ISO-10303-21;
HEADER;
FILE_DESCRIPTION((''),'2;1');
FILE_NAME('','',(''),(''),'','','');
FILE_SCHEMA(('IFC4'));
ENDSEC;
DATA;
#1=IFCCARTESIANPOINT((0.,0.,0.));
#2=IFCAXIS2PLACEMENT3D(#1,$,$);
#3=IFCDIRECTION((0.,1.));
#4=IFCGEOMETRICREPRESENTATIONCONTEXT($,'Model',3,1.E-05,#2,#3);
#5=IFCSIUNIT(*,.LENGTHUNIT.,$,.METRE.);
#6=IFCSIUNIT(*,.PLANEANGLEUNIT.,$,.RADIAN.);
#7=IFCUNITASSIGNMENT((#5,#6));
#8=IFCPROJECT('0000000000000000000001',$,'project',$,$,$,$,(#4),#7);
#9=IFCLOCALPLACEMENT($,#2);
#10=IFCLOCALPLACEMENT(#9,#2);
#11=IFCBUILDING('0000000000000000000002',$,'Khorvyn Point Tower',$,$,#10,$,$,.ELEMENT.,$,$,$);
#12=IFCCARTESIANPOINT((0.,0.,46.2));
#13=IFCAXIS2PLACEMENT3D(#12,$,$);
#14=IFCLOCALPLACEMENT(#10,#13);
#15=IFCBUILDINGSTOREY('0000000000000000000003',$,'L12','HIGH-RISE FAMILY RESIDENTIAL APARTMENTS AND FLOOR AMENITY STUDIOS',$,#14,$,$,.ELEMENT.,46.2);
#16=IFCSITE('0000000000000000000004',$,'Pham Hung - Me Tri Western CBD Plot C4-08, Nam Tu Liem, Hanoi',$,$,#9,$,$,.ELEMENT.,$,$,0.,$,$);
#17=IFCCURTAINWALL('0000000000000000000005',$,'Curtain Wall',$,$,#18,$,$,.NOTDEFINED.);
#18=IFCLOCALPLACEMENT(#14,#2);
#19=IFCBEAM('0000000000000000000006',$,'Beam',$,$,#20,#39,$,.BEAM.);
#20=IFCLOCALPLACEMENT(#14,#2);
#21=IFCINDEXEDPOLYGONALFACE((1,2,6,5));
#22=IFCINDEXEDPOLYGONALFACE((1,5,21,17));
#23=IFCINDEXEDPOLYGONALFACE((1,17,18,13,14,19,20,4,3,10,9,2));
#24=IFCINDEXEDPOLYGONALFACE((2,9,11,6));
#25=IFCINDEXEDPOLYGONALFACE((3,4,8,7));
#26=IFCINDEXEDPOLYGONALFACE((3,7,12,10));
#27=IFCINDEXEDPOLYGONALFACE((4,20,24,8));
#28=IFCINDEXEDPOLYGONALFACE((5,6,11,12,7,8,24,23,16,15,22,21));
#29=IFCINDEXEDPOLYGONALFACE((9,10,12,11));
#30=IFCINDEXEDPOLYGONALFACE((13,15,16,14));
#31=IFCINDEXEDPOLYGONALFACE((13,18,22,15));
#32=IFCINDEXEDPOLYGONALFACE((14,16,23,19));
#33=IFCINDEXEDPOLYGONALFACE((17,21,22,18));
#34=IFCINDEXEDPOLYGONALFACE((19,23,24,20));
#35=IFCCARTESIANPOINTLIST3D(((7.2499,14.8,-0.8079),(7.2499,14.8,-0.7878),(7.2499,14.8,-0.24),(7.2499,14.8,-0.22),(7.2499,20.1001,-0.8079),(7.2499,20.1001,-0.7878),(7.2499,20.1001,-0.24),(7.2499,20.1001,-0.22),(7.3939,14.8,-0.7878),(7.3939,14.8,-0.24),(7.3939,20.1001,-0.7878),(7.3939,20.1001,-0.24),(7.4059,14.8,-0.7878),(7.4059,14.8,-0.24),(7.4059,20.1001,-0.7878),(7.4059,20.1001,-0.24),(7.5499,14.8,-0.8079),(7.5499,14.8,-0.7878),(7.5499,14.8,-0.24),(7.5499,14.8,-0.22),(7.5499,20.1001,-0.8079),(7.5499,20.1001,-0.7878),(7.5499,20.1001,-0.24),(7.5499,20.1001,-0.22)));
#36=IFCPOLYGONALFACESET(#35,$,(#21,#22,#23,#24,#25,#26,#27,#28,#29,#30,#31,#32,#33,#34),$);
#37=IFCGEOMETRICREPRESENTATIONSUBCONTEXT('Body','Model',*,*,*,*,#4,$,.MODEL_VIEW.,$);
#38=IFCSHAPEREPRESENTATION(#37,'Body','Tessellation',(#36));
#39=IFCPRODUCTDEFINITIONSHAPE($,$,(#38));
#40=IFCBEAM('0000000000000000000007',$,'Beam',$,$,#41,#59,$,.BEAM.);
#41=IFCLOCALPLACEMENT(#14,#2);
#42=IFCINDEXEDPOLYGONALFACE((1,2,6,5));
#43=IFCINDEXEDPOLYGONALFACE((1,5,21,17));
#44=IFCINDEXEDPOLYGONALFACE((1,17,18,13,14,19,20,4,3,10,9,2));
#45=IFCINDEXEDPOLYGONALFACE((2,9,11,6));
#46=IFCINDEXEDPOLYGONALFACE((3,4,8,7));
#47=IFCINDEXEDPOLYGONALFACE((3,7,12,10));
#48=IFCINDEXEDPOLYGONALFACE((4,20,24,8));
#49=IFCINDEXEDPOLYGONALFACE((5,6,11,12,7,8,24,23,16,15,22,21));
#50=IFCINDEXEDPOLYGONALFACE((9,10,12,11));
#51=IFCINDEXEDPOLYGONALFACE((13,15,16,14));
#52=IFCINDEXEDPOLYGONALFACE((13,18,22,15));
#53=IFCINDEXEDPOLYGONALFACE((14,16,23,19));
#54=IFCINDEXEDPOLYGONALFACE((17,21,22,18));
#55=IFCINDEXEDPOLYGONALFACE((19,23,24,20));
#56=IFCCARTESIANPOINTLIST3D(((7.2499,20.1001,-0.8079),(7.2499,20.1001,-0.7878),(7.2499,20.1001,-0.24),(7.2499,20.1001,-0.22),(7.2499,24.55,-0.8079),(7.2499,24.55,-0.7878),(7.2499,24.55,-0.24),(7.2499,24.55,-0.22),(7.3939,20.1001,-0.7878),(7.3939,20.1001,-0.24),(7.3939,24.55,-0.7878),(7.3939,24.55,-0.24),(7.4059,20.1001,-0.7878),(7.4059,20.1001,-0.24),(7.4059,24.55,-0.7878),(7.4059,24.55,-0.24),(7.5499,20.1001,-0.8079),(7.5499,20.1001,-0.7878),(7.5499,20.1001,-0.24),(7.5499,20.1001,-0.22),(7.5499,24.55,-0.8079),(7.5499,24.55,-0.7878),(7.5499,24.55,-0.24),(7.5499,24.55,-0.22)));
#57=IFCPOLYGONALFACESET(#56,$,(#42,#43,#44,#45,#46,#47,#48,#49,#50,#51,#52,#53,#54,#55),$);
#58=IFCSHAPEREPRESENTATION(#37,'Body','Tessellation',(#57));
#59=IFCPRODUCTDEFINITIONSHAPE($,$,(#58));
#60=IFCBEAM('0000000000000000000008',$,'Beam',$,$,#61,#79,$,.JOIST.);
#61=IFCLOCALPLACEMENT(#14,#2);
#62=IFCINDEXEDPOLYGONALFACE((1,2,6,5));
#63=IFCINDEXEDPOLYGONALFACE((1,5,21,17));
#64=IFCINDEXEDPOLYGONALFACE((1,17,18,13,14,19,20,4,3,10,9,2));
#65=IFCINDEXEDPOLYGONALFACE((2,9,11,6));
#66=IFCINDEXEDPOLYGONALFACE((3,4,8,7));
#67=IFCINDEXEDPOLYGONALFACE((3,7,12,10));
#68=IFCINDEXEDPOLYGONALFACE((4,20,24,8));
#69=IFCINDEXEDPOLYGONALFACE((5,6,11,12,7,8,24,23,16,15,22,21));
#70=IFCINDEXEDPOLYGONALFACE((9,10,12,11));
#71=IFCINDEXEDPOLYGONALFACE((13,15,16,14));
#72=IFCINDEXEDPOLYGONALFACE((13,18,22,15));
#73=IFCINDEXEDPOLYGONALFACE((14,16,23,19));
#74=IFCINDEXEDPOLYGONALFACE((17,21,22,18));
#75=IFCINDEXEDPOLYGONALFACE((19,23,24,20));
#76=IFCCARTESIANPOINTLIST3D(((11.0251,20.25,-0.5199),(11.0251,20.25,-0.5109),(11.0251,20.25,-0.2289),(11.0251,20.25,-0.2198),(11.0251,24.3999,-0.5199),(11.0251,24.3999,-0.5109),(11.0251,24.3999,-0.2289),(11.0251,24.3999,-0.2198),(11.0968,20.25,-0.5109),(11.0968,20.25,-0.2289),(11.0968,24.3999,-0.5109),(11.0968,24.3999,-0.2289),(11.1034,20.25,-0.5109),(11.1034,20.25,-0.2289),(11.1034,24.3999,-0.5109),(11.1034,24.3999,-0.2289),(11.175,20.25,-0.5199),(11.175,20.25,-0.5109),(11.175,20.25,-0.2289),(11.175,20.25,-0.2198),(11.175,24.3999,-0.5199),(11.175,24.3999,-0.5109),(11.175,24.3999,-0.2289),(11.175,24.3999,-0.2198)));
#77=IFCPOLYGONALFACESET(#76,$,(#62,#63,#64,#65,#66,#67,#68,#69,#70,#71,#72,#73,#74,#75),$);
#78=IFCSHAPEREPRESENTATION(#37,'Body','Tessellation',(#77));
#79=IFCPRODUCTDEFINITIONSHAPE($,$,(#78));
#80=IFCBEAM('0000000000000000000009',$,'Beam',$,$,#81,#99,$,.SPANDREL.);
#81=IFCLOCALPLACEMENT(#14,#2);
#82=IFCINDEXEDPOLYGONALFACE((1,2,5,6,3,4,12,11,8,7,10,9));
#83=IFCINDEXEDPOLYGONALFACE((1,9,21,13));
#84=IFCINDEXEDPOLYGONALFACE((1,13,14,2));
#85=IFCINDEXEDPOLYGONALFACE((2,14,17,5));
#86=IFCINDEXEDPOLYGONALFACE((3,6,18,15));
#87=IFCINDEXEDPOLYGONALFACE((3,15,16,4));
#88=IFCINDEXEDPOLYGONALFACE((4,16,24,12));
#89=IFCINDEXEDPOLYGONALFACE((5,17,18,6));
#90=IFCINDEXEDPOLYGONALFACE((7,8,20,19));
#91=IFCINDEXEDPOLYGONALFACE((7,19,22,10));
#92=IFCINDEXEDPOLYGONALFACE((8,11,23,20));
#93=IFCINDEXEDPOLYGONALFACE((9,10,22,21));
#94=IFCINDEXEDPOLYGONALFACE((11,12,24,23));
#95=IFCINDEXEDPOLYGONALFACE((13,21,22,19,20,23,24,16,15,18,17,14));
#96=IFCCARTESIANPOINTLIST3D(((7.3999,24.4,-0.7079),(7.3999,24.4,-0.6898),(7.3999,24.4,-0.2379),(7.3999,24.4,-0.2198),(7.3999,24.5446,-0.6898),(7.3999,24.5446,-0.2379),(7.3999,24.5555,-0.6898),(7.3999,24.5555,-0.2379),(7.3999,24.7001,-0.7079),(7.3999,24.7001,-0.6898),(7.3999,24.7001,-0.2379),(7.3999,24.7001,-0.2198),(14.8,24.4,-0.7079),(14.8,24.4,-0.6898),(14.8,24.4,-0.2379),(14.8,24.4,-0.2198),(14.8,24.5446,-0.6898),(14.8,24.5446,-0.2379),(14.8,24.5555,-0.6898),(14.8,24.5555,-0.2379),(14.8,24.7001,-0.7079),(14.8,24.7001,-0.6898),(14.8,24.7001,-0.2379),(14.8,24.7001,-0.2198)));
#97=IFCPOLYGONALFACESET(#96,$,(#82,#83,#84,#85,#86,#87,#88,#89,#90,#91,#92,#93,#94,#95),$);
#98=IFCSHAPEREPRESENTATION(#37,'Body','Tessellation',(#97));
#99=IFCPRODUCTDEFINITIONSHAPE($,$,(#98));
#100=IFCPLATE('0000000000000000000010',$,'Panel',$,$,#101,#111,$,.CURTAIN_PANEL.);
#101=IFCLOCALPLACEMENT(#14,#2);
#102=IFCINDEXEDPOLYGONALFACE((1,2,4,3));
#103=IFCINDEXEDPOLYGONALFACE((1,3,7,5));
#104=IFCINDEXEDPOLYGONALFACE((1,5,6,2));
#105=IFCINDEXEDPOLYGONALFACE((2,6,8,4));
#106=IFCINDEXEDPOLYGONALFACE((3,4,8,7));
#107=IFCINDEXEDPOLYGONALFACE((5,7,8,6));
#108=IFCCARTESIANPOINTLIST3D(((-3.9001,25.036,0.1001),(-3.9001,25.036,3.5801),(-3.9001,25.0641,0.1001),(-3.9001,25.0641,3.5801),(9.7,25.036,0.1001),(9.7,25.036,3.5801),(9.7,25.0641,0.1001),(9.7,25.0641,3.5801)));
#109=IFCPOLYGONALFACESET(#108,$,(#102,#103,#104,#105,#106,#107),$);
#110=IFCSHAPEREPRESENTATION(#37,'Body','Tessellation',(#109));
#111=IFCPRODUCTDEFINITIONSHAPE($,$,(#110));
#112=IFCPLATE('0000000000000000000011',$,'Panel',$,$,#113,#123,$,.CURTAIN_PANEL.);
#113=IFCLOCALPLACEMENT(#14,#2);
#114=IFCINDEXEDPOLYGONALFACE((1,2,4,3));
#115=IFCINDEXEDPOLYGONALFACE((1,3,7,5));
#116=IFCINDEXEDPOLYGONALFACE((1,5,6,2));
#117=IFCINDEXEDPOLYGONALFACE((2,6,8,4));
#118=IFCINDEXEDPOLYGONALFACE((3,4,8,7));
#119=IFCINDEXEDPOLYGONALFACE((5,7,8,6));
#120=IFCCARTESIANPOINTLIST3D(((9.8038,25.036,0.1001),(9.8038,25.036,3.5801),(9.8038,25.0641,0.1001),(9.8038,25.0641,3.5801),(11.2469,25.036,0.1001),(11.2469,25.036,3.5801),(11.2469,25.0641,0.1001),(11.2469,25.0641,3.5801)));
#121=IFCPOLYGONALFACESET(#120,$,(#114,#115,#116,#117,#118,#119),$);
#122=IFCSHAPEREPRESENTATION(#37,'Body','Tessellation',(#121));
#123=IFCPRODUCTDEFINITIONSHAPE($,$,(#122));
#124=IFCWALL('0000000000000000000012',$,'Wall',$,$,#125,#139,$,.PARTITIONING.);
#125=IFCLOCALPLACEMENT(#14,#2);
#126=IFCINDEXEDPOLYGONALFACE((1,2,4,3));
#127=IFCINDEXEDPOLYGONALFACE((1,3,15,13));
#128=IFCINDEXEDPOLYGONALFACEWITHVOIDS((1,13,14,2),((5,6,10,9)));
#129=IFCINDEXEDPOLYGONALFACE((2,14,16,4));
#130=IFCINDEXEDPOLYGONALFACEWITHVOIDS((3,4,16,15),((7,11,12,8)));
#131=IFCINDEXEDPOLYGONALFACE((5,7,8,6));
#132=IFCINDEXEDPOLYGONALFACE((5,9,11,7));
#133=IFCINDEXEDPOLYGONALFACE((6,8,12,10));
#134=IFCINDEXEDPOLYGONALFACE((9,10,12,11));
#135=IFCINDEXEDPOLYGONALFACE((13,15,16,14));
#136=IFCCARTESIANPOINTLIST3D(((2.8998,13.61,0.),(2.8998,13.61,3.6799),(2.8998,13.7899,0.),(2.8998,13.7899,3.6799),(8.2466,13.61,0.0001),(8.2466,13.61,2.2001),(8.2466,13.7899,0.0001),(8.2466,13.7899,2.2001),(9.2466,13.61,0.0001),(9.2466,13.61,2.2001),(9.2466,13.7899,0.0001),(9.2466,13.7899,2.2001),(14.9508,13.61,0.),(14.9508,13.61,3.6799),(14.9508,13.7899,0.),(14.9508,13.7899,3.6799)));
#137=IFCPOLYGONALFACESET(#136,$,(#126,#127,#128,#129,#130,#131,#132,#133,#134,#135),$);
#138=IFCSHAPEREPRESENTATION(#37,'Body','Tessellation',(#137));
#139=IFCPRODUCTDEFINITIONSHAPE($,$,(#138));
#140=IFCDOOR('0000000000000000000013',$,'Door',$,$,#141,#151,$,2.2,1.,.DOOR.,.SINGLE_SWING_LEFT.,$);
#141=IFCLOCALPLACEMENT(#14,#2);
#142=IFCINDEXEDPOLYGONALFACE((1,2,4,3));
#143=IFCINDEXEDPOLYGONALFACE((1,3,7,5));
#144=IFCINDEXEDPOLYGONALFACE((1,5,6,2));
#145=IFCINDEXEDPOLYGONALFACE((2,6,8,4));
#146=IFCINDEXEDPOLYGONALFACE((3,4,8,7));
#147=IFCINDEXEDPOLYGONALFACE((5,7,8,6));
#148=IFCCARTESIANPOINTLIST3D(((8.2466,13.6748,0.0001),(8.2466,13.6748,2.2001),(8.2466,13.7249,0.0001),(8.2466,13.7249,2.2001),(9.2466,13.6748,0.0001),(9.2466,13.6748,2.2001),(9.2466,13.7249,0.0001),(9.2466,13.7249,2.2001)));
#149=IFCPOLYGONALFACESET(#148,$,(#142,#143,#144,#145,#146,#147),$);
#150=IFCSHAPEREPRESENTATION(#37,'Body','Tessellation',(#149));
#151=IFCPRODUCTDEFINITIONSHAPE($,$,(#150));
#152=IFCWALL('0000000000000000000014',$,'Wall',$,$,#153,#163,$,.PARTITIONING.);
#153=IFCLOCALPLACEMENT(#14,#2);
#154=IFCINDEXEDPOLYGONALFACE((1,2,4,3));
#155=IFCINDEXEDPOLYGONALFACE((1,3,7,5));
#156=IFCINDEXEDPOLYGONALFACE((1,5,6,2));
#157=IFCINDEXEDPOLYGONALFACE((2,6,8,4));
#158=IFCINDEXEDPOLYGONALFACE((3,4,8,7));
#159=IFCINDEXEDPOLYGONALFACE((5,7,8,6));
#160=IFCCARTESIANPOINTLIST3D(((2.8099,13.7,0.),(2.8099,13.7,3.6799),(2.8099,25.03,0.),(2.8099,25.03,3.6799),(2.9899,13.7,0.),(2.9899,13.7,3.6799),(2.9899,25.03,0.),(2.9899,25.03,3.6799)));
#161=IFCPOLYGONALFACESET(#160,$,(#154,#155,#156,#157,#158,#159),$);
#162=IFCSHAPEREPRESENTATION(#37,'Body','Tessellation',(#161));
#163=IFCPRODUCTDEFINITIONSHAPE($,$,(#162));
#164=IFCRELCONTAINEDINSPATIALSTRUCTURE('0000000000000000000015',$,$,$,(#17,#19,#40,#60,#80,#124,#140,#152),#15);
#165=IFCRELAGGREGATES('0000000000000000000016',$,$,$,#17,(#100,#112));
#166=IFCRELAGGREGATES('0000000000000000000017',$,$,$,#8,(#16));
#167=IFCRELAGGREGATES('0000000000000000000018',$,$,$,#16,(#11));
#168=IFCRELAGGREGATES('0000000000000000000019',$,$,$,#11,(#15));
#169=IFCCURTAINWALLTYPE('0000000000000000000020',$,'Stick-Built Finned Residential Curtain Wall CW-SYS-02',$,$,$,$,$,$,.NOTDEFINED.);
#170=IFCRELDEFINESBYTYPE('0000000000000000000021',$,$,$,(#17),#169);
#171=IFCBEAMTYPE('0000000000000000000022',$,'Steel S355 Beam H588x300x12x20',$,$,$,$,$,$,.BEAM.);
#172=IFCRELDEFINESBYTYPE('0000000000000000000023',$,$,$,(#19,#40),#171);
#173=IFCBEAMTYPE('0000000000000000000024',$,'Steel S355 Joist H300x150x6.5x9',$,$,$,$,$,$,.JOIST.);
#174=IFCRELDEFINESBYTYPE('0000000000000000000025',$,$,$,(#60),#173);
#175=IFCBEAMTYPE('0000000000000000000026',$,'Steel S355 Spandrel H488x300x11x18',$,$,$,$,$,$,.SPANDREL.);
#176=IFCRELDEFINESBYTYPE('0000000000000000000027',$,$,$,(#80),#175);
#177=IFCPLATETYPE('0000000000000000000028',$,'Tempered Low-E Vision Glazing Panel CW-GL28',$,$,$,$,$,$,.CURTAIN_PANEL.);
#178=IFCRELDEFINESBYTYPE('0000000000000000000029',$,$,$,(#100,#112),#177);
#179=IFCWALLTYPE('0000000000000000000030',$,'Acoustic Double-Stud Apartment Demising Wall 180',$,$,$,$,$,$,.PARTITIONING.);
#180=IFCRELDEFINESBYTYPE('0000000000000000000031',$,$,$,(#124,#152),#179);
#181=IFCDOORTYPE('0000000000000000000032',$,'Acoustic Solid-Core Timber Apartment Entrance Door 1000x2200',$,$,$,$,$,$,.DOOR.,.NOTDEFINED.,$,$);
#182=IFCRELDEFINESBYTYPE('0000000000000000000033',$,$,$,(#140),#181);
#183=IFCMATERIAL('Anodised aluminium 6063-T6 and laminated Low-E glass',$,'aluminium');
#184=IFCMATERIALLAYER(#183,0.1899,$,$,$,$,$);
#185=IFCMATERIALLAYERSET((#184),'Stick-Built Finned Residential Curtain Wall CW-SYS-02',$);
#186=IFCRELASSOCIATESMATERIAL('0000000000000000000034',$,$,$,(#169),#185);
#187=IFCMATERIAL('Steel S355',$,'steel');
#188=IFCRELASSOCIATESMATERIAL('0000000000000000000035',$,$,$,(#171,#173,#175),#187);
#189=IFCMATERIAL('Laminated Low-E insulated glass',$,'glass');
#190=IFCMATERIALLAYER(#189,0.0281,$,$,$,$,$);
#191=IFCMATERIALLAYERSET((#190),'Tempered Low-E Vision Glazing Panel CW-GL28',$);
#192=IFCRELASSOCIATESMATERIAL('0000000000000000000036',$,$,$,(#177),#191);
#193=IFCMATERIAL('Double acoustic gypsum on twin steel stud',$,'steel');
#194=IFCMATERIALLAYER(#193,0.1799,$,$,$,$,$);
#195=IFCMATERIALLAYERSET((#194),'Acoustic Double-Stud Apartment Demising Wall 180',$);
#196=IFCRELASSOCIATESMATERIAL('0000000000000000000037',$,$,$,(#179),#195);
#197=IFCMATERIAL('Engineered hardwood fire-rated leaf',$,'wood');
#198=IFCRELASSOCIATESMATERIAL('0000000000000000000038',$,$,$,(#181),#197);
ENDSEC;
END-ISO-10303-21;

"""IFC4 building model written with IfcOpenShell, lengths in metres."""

from ifc_helpers import new_model, si_unit, direction, frame, frame_2d, origin, origin_2d, place, context, subcontext, project, spatial, rectangle, i_section, extrude, material, layer, layer_set, material_profile, profile_set, type_object, element, fill, aggregate, save


model = new_model("IFC4")

# Units and contexts
model_context = context("Model", 3, precision=1e-05, world=origin(), true_north=direction((0.0, 1.0)))
body_context = subcontext(model_context, "Body", "Model", "MODEL_VIEW")
ifc_project = project(units=[si_unit("LENGTHUNIT", "METRE"), si_unit("PLANEANGLEUNIT", "RADIAN")], contexts=[model_context])

# Site, building, storey
site_placement = place(None, origin())
site = spatial("IfcSite", under=ifc_project, at=site_placement, Name="Pham Hung - Me Tri Western CBD Plot C4-08, Nam Tu Liem, Hanoi", CompositionType="ELEMENT", RefElevation=0.0)
building_placement = place(site_placement, origin())
building = spatial("IfcBuilding", under=site, at=building_placement, Name="Khorvyn Point Tower", CompositionType="ELEMENT")
storey_placement = place(building_placement, frame((0.0, 0.0, 46.2)))
storey = spatial("IfcBuildingStorey", under=building, at=storey_placement, Name="L12", Description="HIGH-RISE FAMILY RESIDENTIAL APARTMENTS AND FLOOR AMENITY STUDIOS", CompositionType="ELEMENT", Elevation=46.2)

# Curtain wall
ifc_material_1 = material(Name="Anodised aluminium 6063-T6 and laminated Low-E glass", Category="aluminium")
ifc_layer_1 = layer(ifc_material_1, 0.1899)
ifc_layer_set_1 = layer_set([ifc_layer_1], Name="Stick-Built Finned Residential Curtain Wall CW-SYS-02")
curtain_wall_type = type_object("IfcCurtainWallType", Name="Stick-Built Finned Residential Curtain Wall CW-SYS-02", PredefinedType="NOTDEFINED", material=ifc_layer_set_1)
curtain_wall_placement = place(storey_placement, origin())
curtain_wall = element("IfcCurtainWall", 1, at=curtain_wall_placement, inside=storey, type_object=curtain_wall_type, Name="Curtain Wall", PredefinedType="NOTDEFINED")

# Beams
ifc_material_2 = material(Name="Steel S355", Category="steel")
ifc_material_profile_1 = material_profile(ifc_material_2, i_section(OverallWidth=0.3, OverallDepth=0.5879, WebThickness=0.012, FlangeThickness=0.02, at=origin_2d()))
ifc_profile_set_1 = profile_set([ifc_material_profile_1], Name="Steel S355 H588x300x12x20")
beam_type_1 = type_object("IfcBeamType", Name="Steel S355 Beam H588x300x12x20", PredefinedType="BEAM", material=ifc_profile_set_1)
beam_1_placement = place(storey_placement, frame((7.3999, 14.8, -0.5139), z_axis=(0.0, 1.0, 0.0), x_axis=(-1.0, 0.0, 0.0)))
element("IfcBeam", 2, at=beam_1_placement, inside=storey, type_object=beam_type_1, Name="Beam", PredefinedType="BEAM", context=body_context, shape_type="SweptSolid", body=[
    extrude(i_section(OverallWidth=0.3, OverallDepth=0.5879, WebThickness=0.012, FlangeThickness=0.02, at=origin_2d()), origin(), (0.0, 0.0, 1.0), 5.3),
])
beam_2_placement = place(storey_placement, frame((7.3999, 20.1001, -0.5139), z_axis=(0.0, 1.0, 0.0), x_axis=(-1.0, 0.0, 0.0)))
element("IfcBeam", 3, at=beam_2_placement, inside=storey, type_object=beam_type_1, Name="Beam", PredefinedType="BEAM", context=body_context, shape_type="SweptSolid", body=[
    extrude(i_section(OverallWidth=0.3, OverallDepth=0.5879, WebThickness=0.012, FlangeThickness=0.02, at=origin_2d()), origin(), (0.0, 0.0, 1.0), 4.45),
])
ifc_material_profile_2 = material_profile(ifc_material_2, i_section(OverallWidth=0.1499, OverallDepth=0.3, WebThickness=0.0066, FlangeThickness=0.009, at=origin_2d()))
ifc_profile_set_2 = profile_set([ifc_material_profile_2], Name="Steel S355 H300x150x6.5x9")
beam_type_2 = type_object("IfcBeamType", Name="Steel S355 Joist H300x150x6.5x9", PredefinedType="JOIST", material=ifc_profile_set_2)
beam_3_placement = place(storey_placement, frame((11.1001, 20.25, -0.3699), z_axis=(0.0, 1.0, 0.0), x_axis=(-1.0, 0.0, 0.0)))
element("IfcBeam", 4, at=beam_3_placement, inside=storey, type_object=beam_type_2, Name="Beam", PredefinedType="JOIST", context=body_context, shape_type="SweptSolid", body=[
    extrude(i_section(OverallWidth=0.1499, OverallDepth=0.3, WebThickness=0.0066, FlangeThickness=0.009, at=origin_2d()), origin(), (0.0, 0.0, 1.0), 4.1499),
])
ifc_material_profile_3 = material_profile(ifc_material_2, i_section(OverallWidth=0.3, OverallDepth=0.488, WebThickness=0.011, FlangeThickness=0.0181, at=origin_2d()))
ifc_profile_set_3 = profile_set([ifc_material_profile_3], Name="Steel S355 H488x300x11x18")
beam_type_3 = type_object("IfcBeamType", Name="Steel S355 Spandrel H488x300x11x18", PredefinedType="SPANDREL", material=ifc_profile_set_3)
beam_4_placement = place(storey_placement, frame((7.3999, 24.55, -0.4639), z_axis=(1.0, 0.0, 0.0), x_axis=(0.0, 1.0, 0.0)))
element("IfcBeam", 5, at=beam_4_placement, inside=storey, type_object=beam_type_3, Name="Beam", PredefinedType="SPANDREL", context=body_context, shape_type="SweptSolid", body=[
    extrude(i_section(OverallWidth=0.3, OverallDepth=0.488, WebThickness=0.011, FlangeThickness=0.0181, at=origin_2d()), origin(), (0.0, 0.0, 1.0), 7.4001),
])

# Plates
ifc_material_3 = material(Name="Laminated Low-E insulated glass", Category="glass")
ifc_layer_2 = layer(ifc_material_3, 0.0281)
ifc_layer_set_2 = layer_set([ifc_layer_2], Name="Tempered Low-E Vision Glazing Panel CW-GL28")
plate_type = type_object("IfcPlateType", Name="Tempered Low-E Vision Glazing Panel CW-GL28", PredefinedType="CURTAIN_PANEL", material=ifc_layer_set_2)
plate_1_placement = place(storey_placement, frame((2.8999, 25.05, 0.1001), z_axis=(0.0, 0.0, 1.0), x_axis=(1.0, 0.0, 0.0)))
plate_1 = element("IfcPlate", 6, at=plate_1_placement, type_object=plate_type, Name="Panel", PredefinedType="CURTAIN_PANEL", context=body_context, shape_type="SweptSolid", body=[
    extrude(rectangle(XDim=13.6001, YDim=0.0281, at=origin_2d()), origin(), (0.0, 0.0, 1.0), 3.48),
])
plate_2_placement = place(storey_placement, frame((10.5254, 25.05, 0.1001), z_axis=(0.0, 0.0, 1.0), x_axis=(1.0, 0.0, 0.0)))
plate_2 = element("IfcPlate", 7, at=plate_2_placement, type_object=plate_type, Name="Panel", PredefinedType="CURTAIN_PANEL", context=body_context, shape_type="SweptSolid", body=[
    extrude(rectangle(XDim=1.4431, YDim=0.0281, at=origin_2d()), origin(), (0.0, 0.0, 1.0), 3.48),
])
aggregate(curtain_wall, [plate_1, plate_2])

# Wall, opening, door
ifc_material_4 = material(Name="Double acoustic gypsum on twin steel stud", Category="steel")
ifc_layer_3 = layer(ifc_material_4, 0.1799)
ifc_layer_set_3 = layer_set([ifc_layer_3], Name="Acoustic Double-Stud Apartment Demising Wall 180")
wall_type_1 = type_object("IfcWallType", Name="Acoustic Double-Stud Apartment Demising Wall 180", PredefinedType="PARTITIONING", material=ifc_layer_set_3)
wall_1_placement = place(storey_placement, frame((2.8999, 13.7, 0.0), z_axis=(0.0, 0.0, 1.0), x_axis=(1.0, 0.0, 0.0)))
wall_1 = element("IfcWall", 8, at=wall_1_placement, inside=storey, type_object=wall_type_1, Name="Wall", PredefinedType="PARTITIONING", context=body_context, shape_type="SweptSolid", body=[
    extrude(rectangle(XDim=12.051, YDim=0.1799, at=frame_2d((6.0254, 0.0))), origin(), (0.0, 0.0, 1.0), 3.6799),
])
opening_1_placement = place(wall_1_placement, frame((5.3467, 0.0, 0.0)))
opening_1 = element("IfcOpeningElement", 9, at=opening_1_placement, cuts=wall_1, PredefinedType="OPENING", context=body_context, shape_type="SweptSolid", body=[
    extrude(rectangle(XDim=1.0, YDim=2.2, at=frame_2d((0.5, 1.1001))), frame((0.0, 0.0999, 0.0), z_axis=(0.0, -1.0, 0.0), x_axis=(1.0, 0.0, 0.0)), (0.0, 0.0, 1.0), 0.2),
])
ifc_material_5 = material(Name="Engineered hardwood fire-rated leaf", Category="wood")
door_type_1 = type_object("IfcDoorType", Name="Acoustic Solid-Core Timber Apartment Entrance Door 1000x2200", OperationType="NOTDEFINED", PredefinedType="DOOR", material=ifc_material_5)
door_1_placement = place(opening_1_placement, origin())
door_1 = element("IfcDoor", 10, at=door_1_placement, inside=storey, type_object=door_type_1, Name="Door", OperationType="SINGLE_SWING_LEFT", OverallHeight=2.2, OverallWidth=1.0, PredefinedType="DOOR", context=body_context, shape_type="SweptSolid", body=[
    extrude(rectangle(XDim=1.0, YDim=2.2, at=frame_2d((0.5, 1.1001))), frame((0.0, 0.0249, 0.0), z_axis=(0.0, -1.0, 0.0), x_axis=(1.0, 0.0, 0.0)), (0.0, 0.0, 1.0), 0.05),
])
fill(opening_1, door_1)

# Wall
wall_2_placement = place(storey_placement, frame((2.8999, 13.7, 0.0), z_axis=(0.0, 0.0, 1.0), x_axis=(0.0, 1.0, 0.0)))
element("IfcWall", 11, at=wall_2_placement, inside=storey, type_object=wall_type_1, Name="Wall", PredefinedType="PARTITIONING", context=body_context, shape_type="SweptSolid", body=[
    extrude(rectangle(XDim=11.3301, YDim=0.1799, at=frame_2d((5.665, 0.0))), origin(), (0.0, 0.0, 1.0), 3.6799),
])

save(model, "model.ifc")
